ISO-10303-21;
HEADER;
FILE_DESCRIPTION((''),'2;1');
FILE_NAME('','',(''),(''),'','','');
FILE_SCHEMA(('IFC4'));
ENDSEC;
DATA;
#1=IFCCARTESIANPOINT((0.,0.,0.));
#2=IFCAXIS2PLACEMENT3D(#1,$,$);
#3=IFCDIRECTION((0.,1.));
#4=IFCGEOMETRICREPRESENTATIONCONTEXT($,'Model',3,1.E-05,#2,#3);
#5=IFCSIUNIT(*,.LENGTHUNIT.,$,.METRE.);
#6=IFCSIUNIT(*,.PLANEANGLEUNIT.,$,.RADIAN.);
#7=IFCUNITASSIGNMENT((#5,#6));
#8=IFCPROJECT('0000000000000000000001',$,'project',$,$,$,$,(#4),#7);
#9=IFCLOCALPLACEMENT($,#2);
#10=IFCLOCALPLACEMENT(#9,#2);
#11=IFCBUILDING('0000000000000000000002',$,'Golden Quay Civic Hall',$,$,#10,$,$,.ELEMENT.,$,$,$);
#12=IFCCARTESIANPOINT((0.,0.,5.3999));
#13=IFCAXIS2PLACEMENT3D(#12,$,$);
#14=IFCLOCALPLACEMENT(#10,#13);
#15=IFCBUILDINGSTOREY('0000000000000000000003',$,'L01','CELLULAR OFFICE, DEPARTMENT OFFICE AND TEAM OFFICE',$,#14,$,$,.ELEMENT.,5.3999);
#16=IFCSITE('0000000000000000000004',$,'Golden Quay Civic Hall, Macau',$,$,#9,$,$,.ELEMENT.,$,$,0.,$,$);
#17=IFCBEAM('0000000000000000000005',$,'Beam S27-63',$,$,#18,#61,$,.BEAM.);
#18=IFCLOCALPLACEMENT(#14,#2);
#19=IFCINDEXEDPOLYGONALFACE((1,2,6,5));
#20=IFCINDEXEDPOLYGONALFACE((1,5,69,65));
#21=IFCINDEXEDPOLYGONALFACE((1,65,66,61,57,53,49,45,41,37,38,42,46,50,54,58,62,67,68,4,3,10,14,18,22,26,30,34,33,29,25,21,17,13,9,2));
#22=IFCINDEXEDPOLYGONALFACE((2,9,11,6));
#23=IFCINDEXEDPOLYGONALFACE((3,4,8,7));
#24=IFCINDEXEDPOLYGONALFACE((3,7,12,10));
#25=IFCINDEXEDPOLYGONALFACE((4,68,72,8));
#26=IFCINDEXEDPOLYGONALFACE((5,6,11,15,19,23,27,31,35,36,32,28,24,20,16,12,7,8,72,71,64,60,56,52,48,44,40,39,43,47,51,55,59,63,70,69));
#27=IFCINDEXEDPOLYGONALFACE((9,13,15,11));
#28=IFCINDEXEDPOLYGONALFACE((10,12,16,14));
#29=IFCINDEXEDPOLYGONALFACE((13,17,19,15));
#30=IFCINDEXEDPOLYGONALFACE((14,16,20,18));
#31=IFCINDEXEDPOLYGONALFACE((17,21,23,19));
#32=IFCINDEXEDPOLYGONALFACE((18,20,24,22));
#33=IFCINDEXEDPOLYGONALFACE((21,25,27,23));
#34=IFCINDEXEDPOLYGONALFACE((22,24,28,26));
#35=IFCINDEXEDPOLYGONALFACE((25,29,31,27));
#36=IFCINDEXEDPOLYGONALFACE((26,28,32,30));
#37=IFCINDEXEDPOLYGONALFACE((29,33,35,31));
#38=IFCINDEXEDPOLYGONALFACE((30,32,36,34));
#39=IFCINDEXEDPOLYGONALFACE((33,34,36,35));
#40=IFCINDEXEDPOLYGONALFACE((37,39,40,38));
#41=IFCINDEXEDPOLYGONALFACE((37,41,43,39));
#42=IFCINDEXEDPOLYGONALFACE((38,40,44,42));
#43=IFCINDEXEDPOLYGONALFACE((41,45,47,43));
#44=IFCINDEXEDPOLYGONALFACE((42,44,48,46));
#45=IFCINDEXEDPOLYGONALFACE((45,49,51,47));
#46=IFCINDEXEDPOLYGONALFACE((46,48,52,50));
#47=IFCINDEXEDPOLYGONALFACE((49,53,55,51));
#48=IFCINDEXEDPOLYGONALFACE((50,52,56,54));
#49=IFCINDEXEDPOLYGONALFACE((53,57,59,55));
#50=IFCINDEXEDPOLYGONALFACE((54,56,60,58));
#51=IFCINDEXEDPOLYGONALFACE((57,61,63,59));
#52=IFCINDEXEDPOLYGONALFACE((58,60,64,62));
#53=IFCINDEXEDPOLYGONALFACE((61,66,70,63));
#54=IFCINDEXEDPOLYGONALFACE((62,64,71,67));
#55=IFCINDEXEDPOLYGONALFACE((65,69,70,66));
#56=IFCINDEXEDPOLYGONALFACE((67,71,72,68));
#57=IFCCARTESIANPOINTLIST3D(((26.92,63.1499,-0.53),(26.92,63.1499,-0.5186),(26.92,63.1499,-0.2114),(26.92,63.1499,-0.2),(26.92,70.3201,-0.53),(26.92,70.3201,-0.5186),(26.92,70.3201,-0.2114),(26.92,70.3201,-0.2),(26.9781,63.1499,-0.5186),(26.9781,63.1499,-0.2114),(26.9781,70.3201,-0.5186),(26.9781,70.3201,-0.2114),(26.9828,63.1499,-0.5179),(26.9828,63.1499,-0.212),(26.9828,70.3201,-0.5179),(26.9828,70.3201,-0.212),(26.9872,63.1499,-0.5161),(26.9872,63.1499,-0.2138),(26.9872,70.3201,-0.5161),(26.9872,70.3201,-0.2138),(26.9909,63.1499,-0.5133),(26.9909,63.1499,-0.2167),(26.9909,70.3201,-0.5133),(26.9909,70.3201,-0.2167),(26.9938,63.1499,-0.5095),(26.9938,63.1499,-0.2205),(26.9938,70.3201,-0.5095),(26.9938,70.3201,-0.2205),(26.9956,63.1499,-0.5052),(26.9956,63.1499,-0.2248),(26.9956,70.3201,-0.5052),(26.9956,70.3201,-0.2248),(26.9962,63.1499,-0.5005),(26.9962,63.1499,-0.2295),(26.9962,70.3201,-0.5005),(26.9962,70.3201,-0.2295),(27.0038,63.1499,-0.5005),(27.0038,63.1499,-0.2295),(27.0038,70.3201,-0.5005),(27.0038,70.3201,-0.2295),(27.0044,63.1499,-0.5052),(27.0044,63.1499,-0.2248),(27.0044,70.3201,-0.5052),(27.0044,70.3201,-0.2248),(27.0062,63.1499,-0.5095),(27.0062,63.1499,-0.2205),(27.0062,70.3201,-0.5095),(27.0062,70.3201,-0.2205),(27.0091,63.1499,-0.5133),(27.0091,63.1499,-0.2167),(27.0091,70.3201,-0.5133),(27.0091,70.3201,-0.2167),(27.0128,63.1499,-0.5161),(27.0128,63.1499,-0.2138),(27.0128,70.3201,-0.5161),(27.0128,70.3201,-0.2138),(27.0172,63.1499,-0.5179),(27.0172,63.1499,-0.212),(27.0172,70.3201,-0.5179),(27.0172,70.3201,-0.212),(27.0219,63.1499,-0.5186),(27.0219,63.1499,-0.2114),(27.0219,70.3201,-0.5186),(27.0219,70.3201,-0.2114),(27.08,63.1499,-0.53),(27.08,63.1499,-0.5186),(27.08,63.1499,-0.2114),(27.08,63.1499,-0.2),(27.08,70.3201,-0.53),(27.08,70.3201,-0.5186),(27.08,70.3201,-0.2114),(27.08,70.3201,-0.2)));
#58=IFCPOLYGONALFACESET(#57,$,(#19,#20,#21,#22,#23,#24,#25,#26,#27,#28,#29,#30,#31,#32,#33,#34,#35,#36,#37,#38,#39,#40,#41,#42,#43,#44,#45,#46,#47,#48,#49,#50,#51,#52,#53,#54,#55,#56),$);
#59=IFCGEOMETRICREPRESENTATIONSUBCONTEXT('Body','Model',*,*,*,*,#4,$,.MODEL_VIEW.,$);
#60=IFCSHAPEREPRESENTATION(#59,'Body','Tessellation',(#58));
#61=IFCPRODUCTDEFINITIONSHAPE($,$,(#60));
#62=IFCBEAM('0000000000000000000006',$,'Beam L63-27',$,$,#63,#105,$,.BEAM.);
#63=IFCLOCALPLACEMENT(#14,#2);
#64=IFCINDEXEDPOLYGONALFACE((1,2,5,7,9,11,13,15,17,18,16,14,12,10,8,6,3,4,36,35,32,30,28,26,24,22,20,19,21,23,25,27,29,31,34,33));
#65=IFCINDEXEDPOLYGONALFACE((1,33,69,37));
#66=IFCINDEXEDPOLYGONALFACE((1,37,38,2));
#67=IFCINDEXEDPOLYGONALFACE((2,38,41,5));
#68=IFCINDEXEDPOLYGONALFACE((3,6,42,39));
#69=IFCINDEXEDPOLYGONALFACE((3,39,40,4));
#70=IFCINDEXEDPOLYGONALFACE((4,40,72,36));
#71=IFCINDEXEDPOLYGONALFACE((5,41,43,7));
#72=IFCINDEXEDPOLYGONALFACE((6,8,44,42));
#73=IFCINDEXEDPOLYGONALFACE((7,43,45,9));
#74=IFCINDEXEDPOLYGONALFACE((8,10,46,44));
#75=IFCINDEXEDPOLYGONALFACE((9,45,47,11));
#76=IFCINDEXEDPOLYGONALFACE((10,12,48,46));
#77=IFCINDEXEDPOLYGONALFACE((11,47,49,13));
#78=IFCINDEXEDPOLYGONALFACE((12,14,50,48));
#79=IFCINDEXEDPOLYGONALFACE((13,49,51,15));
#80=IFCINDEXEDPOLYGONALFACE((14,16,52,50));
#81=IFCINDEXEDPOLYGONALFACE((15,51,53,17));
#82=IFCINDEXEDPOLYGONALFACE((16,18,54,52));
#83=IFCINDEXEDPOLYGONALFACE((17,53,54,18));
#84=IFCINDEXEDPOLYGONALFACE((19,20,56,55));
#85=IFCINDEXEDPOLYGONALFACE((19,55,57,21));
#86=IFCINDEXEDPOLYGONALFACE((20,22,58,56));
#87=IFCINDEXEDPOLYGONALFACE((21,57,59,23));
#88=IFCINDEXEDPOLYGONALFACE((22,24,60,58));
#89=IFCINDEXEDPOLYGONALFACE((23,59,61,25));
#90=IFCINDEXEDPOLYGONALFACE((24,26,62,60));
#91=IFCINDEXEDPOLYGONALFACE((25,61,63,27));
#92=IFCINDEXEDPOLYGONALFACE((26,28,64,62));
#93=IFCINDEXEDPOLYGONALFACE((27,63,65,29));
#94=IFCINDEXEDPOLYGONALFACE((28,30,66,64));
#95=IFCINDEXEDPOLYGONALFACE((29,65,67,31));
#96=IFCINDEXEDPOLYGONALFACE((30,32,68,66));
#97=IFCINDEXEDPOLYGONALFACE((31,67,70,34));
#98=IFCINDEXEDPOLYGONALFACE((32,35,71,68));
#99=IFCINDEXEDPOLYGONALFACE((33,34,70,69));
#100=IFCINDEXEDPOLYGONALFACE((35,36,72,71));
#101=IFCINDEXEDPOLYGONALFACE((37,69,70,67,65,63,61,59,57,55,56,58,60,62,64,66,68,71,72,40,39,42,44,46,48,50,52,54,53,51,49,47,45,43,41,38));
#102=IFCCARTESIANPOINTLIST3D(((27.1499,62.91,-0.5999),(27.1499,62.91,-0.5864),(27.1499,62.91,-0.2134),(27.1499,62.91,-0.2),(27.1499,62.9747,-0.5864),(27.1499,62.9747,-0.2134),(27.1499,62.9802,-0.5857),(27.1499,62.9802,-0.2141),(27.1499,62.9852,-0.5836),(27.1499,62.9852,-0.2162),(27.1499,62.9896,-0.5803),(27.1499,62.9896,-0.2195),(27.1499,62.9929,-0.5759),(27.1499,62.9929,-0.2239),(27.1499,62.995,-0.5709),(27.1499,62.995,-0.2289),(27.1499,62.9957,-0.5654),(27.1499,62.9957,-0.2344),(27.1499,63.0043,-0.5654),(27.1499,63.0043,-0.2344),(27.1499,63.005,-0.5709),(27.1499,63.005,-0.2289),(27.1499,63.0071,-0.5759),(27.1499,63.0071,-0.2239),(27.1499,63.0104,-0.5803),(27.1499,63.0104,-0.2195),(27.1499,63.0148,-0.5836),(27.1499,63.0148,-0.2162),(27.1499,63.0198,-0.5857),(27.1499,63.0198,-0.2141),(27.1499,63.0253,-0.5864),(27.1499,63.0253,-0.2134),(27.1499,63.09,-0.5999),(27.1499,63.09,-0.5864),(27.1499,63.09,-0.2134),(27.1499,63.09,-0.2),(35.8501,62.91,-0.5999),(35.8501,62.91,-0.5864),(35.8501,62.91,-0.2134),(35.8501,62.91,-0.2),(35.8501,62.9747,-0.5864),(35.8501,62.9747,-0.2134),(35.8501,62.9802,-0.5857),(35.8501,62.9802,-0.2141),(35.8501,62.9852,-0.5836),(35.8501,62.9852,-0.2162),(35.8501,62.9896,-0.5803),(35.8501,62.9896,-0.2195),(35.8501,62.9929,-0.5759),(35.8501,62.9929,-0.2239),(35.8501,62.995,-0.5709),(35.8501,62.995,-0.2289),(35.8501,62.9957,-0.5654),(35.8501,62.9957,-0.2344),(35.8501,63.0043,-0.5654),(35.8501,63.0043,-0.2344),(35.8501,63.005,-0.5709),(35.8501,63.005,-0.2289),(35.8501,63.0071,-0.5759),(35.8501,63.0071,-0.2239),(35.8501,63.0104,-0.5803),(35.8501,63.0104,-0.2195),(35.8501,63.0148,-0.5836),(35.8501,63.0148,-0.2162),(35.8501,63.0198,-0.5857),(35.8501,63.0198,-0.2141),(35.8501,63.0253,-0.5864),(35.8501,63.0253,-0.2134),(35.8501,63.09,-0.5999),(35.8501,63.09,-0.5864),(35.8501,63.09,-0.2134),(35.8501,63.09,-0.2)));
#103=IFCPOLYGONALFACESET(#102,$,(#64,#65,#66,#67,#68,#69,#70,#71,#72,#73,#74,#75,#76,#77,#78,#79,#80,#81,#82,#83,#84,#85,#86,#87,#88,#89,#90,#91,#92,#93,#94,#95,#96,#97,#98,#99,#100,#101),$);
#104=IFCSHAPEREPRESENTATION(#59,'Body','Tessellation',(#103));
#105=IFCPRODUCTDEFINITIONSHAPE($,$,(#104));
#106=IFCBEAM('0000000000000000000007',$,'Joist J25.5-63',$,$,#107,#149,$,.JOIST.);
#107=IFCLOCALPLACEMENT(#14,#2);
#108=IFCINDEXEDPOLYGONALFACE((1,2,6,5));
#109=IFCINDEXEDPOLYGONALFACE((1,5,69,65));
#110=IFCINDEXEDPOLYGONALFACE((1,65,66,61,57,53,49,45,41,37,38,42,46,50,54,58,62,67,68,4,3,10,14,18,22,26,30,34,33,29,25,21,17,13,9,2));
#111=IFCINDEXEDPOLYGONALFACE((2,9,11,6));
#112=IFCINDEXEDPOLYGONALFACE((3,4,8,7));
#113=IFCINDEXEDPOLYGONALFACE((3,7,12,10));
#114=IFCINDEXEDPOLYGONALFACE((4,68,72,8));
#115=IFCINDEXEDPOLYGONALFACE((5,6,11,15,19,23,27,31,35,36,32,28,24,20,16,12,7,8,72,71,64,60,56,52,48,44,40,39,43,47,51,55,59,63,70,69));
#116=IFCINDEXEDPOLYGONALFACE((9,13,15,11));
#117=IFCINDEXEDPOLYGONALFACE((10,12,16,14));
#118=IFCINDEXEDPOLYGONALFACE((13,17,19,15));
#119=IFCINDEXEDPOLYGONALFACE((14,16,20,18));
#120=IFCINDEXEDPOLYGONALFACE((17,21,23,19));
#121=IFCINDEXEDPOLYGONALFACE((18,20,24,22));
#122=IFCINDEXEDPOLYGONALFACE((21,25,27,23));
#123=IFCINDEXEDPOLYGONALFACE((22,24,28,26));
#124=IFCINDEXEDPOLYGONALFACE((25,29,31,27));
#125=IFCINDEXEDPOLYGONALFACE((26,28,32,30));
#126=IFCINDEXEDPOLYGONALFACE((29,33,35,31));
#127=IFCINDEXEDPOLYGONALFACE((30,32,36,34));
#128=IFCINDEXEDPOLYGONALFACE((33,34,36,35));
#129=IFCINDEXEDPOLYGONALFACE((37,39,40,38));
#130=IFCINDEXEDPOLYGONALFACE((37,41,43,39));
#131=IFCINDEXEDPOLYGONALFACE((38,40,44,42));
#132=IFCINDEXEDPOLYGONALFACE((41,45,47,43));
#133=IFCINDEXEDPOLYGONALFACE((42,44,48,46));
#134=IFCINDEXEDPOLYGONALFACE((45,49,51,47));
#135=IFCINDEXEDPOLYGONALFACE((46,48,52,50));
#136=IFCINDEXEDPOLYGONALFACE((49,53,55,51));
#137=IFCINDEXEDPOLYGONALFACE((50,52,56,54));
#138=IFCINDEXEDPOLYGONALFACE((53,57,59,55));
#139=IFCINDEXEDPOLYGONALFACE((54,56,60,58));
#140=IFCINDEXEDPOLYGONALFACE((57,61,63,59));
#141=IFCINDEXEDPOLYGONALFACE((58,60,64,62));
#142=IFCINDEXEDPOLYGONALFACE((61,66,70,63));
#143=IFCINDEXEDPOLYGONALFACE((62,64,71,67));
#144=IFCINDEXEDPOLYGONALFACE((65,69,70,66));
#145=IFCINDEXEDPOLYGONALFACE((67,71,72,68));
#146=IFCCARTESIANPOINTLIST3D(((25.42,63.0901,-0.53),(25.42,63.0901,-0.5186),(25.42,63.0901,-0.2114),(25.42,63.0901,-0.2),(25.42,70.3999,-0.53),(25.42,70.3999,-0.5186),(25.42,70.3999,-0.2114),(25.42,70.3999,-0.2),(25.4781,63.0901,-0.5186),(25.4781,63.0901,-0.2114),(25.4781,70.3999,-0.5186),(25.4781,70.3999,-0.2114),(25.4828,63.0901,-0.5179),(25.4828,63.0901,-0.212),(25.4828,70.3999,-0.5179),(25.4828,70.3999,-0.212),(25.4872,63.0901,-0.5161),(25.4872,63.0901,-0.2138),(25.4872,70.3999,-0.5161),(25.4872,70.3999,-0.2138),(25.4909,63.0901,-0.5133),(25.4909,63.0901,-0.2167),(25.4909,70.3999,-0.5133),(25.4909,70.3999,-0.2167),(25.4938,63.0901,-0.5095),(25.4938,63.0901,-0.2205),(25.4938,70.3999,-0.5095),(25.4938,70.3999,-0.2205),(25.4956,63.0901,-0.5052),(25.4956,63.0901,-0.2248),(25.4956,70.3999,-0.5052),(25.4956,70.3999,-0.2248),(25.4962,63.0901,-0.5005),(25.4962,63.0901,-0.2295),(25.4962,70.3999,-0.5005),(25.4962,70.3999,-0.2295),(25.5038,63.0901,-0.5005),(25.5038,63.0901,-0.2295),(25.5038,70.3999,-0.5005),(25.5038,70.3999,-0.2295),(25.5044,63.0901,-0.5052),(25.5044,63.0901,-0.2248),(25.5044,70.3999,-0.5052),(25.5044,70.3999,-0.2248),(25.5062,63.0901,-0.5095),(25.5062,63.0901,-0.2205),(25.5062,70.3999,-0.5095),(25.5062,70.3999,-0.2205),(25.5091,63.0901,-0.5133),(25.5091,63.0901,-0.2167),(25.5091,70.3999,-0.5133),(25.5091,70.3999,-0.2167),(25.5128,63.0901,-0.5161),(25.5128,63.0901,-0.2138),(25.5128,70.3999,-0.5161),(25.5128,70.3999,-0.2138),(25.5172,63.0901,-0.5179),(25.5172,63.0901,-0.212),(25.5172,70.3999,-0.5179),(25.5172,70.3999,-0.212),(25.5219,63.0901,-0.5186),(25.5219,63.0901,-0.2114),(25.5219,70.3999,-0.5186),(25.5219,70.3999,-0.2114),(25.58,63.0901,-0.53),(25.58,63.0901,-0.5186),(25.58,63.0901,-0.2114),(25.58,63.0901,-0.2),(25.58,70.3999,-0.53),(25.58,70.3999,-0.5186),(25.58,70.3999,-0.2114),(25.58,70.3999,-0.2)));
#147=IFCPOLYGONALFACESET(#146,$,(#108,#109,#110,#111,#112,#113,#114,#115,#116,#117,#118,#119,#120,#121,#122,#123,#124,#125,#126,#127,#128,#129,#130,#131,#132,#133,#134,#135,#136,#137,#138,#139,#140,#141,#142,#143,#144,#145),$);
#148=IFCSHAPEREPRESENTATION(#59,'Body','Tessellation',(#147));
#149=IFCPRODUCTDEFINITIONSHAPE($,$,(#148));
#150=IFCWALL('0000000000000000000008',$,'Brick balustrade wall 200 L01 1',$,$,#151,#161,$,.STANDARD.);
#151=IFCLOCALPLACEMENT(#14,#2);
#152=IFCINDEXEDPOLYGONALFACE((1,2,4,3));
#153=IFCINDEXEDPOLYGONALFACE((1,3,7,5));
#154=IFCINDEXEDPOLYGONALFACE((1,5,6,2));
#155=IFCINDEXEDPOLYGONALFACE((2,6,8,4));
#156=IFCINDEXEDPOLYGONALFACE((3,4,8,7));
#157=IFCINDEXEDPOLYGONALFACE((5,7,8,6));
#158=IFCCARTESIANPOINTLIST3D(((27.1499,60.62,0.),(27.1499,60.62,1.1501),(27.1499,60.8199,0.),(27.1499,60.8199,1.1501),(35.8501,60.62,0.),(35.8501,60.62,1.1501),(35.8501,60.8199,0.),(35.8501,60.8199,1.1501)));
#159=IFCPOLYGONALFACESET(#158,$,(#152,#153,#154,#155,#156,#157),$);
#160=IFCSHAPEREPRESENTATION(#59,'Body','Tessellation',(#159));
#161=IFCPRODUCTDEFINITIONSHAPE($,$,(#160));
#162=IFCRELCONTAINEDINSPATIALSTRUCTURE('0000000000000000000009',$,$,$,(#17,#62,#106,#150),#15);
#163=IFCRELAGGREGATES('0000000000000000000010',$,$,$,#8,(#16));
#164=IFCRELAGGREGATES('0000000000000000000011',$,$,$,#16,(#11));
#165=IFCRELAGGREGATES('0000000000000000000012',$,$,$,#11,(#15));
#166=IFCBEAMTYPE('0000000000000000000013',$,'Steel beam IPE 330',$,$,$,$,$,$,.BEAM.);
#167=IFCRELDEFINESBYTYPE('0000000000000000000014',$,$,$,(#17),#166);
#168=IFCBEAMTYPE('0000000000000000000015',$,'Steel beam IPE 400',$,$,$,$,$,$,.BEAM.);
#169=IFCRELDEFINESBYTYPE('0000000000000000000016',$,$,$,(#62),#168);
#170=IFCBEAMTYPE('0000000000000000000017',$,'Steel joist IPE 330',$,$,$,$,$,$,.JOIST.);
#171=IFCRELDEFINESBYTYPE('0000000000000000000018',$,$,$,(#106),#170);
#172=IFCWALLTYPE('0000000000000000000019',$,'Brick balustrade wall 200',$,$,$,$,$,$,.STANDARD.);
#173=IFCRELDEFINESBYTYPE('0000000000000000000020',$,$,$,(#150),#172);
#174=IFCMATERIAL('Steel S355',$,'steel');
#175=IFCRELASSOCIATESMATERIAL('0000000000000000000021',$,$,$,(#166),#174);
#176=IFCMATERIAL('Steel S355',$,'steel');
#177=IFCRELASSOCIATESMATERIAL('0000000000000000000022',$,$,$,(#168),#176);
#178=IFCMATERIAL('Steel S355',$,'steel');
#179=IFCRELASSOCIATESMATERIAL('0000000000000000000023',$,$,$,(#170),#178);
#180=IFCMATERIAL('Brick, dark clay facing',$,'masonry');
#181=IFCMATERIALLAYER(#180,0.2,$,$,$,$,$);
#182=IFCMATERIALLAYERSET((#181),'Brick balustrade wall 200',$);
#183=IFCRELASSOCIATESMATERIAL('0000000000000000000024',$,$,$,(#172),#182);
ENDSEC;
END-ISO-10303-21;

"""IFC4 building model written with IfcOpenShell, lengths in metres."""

from ifc_helpers import new_model, si_unit, direction, frame, frame_2d, origin, origin_2d, place, context, subcontext, project, spatial, rectangle, i_section, extrude, material, layer, layer_set, material_profile, profile_set, type_object, element, save


model = new_model("IFC4")

# Units and contexts
model_context = context("Model", 3, precision=1e-05, world=origin(), true_north=direction((0.0, 1.0)))
body_context = subcontext(model_context, "Body", "Model", "MODEL_VIEW")
ifc_project = project(units=[si_unit("LENGTHUNIT", "METRE"), si_unit("PLANEANGLEUNIT", "RADIAN")], contexts=[model_context])

# Site, building, storey
site_placement = place(None, origin())
site = spatial("IfcSite", under=ifc_project, at=site_placement, Name="Golden Quay Civic Hall, Macau", CompositionType="ELEMENT", RefElevation=0.0)
building_placement = place(site_placement, origin())
building = spatial("IfcBuilding", under=site, at=building_placement, Name="Golden Quay Civic Hall", CompositionType="ELEMENT")
storey_placement = place(building_placement, frame((0.0, 0.0, 5.3999)))
storey = spatial("IfcBuildingStorey", under=building, at=storey_placement, Name="L01", Description="CELLULAR OFFICE, DEPARTMENT OFFICE AND TEAM OFFICE", CompositionType="ELEMENT", Elevation=5.3999)

# Beams
ifc_material_1 = material(Name="Steel S355", Category="steel")
ifc_material_profile_1 = material_profile(ifc_material_1, i_section(OverallWidth=0.1599, OverallDepth=0.3301, WebThickness=0.0076, FlangeThickness=0.0115, FilletRadius=0.0181, at=origin_2d()), Name="IPE 330")
ifc_profile_set_1 = profile_set([ifc_material_profile_1], Name="Steel S355")
beam_type_1 = type_object("IfcBeamType", Name="Steel beam IPE 330", PredefinedType="BEAM", material=ifc_profile_set_1)
beam_1_placement = place(storey_placement, frame((27.0, 63.1499, -0.365), z_axis=(0.0, 1.0, 0.0), x_axis=(-1.0, 0.0, 0.0)))
element("IfcBeam", 1, at=beam_1_placement, inside=storey, type_object=beam_type_1, Name="Beam S27-63", PredefinedType="BEAM", context=body_context, shape_type="SweptSolid", body=[
    extrude(i_section(OverallWidth=0.1599, OverallDepth=0.3301, WebThickness=0.0076, FlangeThickness=0.0115, FilletRadius=0.0181, at=origin_2d()), origin(), (0.0, 0.0, 1.0), 7.1702),
])
ifc_material_2 = material(Name="Steel S355", Category="steel")
ifc_material_profile_2 = material_profile(ifc_material_2, i_section(OverallWidth=0.1799, OverallDepth=0.3999, WebThickness=0.0085, FlangeThickness=0.0134, FilletRadius=0.021, at=origin_2d()), Name="IPE 400")
ifc_profile_set_2 = profile_set([ifc_material_profile_2], Name="Steel S355")
beam_type_2 = type_object("IfcBeamType", Name="Steel beam IPE 400", PredefinedType="BEAM", material=ifc_profile_set_2)
beam_2_placement = place(storey_placement, frame((27.1499, 63.0, -0.3999), z_axis=(1.0, 0.0, 0.0), x_axis=(0.0, 1.0, 0.0)))
element("IfcBeam", 2, at=beam_2_placement, inside=storey, type_object=beam_type_2, Name="Beam L63-27", PredefinedType="BEAM", context=body_context, shape_type="SweptSolid", body=[
    extrude(i_section(OverallWidth=0.1799, OverallDepth=0.3999, WebThickness=0.0085, FlangeThickness=0.0134, FilletRadius=0.021, at=origin_2d()), origin(), (0.0, 0.0, 1.0), 8.7002),
])
ifc_material_3 = material(Name="Steel S355", Category="steel")
ifc_material_profile_3 = material_profile(ifc_material_3, i_section(OverallWidth=0.1599, OverallDepth=0.3301, WebThickness=0.0076, FlangeThickness=0.0115, FilletRadius=0.0181, at=origin_2d()), Name="IPE 330")
ifc_profile_set_3 = profile_set([ifc_material_profile_3], Name="Steel S355")
beam_type_3 = type_object("IfcBeamType", Name="Steel joist IPE 330", PredefinedType="JOIST", material=ifc_profile_set_3)
beam_3_placement = place(storey_placement, frame((25.5, 63.0901, -0.365), z_axis=(0.0, 1.0, 0.0), x_axis=(-1.0, 0.0, 0.0)))
element("IfcBeam", 3, at=beam_3_placement, inside=storey, type_object=beam_type_3, Name="Joist J25.5-63", PredefinedType="JOIST", context=body_context, shape_type="SweptSolid", body=[
    extrude(i_section(OverallWidth=0.1599, OverallDepth=0.3301, WebThickness=0.0076, FlangeThickness=0.0115, FilletRadius=0.0181, at=origin_2d()), origin(), (0.0, 0.0, 1.0), 7.3098),
])

# Wall
ifc_material_4 = material(Name="Brick, dark clay facing", Category="masonry")
ifc_layer_1 = layer(ifc_material_4, 0.2)
ifc_layer_set_1 = layer_set([ifc_layer_1], Name="Brick balustrade wall 200")
wall_type_1 = type_object("IfcWallType", Name="Brick balustrade wall 200", PredefinedType="STANDARD", material=ifc_layer_set_1)
wall_1_placement = place(storey_placement, frame((27.1499, 60.72, 0.0), z_axis=(0.0, 0.0, 1.0), x_axis=(1.0, 0.0, 0.0)))
element("IfcWall", 4, at=wall_1_placement, inside=storey, type_object=wall_type_1, Name="Brick balustrade wall 200 L01 1", PredefinedType="STANDARD", context=body_context, shape_type="SweptSolid", body=[
    extrude(rectangle(XDim=8.7002, YDim=0.2, at=frame_2d((4.3501, 0.0))), origin(), (0.0, 0.0, 1.0), 1.1501),
])

save(model, "model.ifc")
